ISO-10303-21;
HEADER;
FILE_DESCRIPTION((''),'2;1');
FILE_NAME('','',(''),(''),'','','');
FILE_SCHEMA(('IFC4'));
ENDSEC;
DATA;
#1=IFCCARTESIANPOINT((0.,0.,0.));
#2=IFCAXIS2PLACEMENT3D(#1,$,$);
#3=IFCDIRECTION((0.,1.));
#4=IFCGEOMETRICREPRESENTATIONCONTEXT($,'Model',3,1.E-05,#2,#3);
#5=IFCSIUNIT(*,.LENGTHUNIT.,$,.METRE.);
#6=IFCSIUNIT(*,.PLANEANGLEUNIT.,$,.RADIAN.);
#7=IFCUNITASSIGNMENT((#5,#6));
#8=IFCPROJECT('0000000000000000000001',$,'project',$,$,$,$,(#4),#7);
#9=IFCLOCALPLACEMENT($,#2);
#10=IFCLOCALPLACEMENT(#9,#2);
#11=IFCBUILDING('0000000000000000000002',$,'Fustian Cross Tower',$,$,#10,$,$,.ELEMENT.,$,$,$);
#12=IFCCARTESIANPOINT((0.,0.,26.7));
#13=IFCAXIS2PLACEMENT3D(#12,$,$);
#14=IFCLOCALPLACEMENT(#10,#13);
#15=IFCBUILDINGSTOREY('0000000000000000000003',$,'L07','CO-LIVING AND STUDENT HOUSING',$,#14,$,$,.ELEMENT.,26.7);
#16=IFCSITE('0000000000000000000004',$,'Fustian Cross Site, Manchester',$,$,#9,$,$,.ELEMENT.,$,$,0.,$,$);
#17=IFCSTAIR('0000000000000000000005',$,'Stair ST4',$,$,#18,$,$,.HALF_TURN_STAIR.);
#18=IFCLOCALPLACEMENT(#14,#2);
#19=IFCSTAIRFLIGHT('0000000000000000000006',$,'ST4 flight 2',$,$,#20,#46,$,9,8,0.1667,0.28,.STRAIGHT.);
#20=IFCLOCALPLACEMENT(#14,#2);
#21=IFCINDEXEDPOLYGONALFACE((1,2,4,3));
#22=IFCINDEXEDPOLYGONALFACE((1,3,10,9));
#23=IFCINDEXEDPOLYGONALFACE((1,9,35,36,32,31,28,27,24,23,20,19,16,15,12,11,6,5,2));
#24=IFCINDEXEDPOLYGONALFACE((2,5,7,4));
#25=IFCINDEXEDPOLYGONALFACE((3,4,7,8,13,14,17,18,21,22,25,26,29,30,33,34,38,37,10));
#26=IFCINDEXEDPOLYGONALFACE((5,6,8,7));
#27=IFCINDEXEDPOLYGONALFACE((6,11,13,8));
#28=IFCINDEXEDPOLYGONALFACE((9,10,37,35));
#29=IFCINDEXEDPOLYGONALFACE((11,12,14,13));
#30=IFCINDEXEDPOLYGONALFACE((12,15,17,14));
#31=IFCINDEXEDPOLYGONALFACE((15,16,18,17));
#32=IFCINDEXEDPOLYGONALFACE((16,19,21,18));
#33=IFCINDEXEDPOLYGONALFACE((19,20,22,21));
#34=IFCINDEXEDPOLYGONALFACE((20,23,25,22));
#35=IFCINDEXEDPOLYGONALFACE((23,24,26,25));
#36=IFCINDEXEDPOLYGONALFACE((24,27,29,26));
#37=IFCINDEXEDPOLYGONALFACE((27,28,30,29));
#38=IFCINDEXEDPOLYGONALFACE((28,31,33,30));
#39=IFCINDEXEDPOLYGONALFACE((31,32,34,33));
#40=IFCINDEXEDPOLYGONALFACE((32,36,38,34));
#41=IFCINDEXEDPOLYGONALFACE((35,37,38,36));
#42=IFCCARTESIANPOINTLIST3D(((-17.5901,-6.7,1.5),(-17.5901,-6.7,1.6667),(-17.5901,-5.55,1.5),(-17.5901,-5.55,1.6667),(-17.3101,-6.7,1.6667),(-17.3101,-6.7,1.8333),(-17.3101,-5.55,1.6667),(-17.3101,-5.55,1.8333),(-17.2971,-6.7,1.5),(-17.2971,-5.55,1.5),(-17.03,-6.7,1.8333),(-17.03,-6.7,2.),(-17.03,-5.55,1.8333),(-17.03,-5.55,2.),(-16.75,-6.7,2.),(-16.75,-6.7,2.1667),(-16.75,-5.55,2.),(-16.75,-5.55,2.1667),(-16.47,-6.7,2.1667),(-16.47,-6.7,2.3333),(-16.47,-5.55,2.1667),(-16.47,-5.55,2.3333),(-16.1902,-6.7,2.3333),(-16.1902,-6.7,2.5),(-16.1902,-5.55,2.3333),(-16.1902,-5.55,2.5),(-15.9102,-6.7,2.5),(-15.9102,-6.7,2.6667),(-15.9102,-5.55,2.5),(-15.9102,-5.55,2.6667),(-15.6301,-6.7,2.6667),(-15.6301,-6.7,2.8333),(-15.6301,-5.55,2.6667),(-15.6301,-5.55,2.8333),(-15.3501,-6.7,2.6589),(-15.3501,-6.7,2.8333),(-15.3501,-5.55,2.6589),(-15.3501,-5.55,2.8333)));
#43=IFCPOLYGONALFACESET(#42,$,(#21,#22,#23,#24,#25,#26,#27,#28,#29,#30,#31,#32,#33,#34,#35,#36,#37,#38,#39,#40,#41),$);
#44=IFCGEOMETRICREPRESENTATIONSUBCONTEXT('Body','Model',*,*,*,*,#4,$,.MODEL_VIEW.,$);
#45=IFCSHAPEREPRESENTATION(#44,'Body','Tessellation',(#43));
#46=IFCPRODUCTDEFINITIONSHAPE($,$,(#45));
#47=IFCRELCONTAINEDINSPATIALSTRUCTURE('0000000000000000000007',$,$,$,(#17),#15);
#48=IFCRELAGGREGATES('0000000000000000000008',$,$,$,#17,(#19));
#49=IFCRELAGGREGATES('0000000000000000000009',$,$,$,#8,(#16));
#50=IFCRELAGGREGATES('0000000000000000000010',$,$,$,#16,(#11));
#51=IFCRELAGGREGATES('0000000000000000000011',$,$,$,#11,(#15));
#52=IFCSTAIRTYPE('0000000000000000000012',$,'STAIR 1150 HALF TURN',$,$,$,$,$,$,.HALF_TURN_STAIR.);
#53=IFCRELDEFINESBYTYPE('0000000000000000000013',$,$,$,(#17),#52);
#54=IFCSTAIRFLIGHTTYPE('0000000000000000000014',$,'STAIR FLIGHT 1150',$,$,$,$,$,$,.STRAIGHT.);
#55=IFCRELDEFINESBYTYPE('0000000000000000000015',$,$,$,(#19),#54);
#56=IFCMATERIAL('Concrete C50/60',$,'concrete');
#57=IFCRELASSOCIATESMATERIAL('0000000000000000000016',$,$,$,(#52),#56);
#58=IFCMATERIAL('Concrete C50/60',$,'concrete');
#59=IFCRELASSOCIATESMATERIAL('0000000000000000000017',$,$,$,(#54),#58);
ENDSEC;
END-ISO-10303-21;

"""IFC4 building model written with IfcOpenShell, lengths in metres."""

from ifc_helpers import new_model, si_unit, direction, frame, origin, place, context, subcontext, project, spatial, polyline, outline, extrude, material, type_object, element, aggregate, save


model = new_model("IFC4")

# Units and contexts
model_context = context("Model", 3, precision=1e-05, world=origin(), true_north=direction((0.0, 1.0)))
body_context = subcontext(model_context, "Body", "Model", "MODEL_VIEW")
ifc_project = project(units=[si_unit("LENGTHUNIT", "METRE"), si_unit("PLANEANGLEUNIT", "RADIAN")], contexts=[model_context])

# Site, building, storey
site_placement = place(None, origin())
site = spatial("IfcSite", under=ifc_project, at=site_placement, Name="Fustian Cross Site, Manchester", CompositionType="ELEMENT", RefElevation=0.0)
building_placement = place(site_placement, origin())
building = spatial("IfcBuilding", under=site, at=building_placement, Name="Fustian Cross Tower", CompositionType="ELEMENT")
storey_placement = place(building_placement, frame((0.0, 0.0, 26.7)))
storey = spatial("IfcBuildingStorey", under=building, at=storey_placement, Name="L07", Description="CO-LIVING AND STUDENT HOUSING", CompositionType="ELEMENT", Elevation=26.7)

# Stair, stair flight
ifc_material_1 = material(Name="Concrete C50/60", Category="concrete")
stair_type = type_object("IfcStairType", Name="STAIR 1150 HALF TURN", PredefinedType="HALF_TURN_STAIR", material=ifc_material_1)
stair_placement = place(storey_placement, origin())
stair = element("IfcStair", 1, at=stair_placement, inside=storey, type_object=stair_type, Name="Stair ST4", PredefinedType="HALF_TURN_STAIR")
ifc_material_2 = material(Name="Concrete C50/60", Category="concrete")
stair_flight_type = type_object("IfcStairFlightType", Name="STAIR FLIGHT 1150", PredefinedType="STRAIGHT", material=ifc_material_2)
stair_flight_1_placement = place(storey_placement, frame((-17.5901, -6.125, 1.5), z_axis=(0.0, 0.0, 1.0), x_axis=(1.0, 0.0, 0.0)))
stair_flight_1 = element("IfcStairFlight", 2, at=stair_flight_1_placement, type_object=stair_flight_type, Name="ST4 flight 2", NumberOfRisers=9, NumberOfTreads=8, PredefinedType="STRAIGHT", RiserHeight=0.1667, TreadLength=0.28, context=body_context, shape_type="SweptSolid", body=[
    extrude(outline(polyline([(0.0, 0.0), (0.0, 0.1667), (0.28, 0.1667), (0.28, 0.3333), (0.5601, 0.3333), (0.5601, 0.5), (0.8401, 0.5), (0.8401, 0.6667), (1.1201, 0.6667), (1.1201, 0.8333), (1.3999, 0.8333), (1.3999, 1.0), (1.6799, 1.0), (1.6799, 1.1667), (1.96, 1.1667), (1.96, 1.3333), (2.24, 1.3333), (2.24, 1.5), (2.24, 1.1589), (0.293, 0.0), (0.0, 0.0)])), frame((0.0, 0.575, 0.0), z_axis=(0.0, -1.0, 0.0), x_axis=(1.0, 0.0, 0.0)), (0.0, 0.0, 1.0), 1.1499),
])
aggregate(stair, [stair_flight_1])

save(model, "model.ifc")
